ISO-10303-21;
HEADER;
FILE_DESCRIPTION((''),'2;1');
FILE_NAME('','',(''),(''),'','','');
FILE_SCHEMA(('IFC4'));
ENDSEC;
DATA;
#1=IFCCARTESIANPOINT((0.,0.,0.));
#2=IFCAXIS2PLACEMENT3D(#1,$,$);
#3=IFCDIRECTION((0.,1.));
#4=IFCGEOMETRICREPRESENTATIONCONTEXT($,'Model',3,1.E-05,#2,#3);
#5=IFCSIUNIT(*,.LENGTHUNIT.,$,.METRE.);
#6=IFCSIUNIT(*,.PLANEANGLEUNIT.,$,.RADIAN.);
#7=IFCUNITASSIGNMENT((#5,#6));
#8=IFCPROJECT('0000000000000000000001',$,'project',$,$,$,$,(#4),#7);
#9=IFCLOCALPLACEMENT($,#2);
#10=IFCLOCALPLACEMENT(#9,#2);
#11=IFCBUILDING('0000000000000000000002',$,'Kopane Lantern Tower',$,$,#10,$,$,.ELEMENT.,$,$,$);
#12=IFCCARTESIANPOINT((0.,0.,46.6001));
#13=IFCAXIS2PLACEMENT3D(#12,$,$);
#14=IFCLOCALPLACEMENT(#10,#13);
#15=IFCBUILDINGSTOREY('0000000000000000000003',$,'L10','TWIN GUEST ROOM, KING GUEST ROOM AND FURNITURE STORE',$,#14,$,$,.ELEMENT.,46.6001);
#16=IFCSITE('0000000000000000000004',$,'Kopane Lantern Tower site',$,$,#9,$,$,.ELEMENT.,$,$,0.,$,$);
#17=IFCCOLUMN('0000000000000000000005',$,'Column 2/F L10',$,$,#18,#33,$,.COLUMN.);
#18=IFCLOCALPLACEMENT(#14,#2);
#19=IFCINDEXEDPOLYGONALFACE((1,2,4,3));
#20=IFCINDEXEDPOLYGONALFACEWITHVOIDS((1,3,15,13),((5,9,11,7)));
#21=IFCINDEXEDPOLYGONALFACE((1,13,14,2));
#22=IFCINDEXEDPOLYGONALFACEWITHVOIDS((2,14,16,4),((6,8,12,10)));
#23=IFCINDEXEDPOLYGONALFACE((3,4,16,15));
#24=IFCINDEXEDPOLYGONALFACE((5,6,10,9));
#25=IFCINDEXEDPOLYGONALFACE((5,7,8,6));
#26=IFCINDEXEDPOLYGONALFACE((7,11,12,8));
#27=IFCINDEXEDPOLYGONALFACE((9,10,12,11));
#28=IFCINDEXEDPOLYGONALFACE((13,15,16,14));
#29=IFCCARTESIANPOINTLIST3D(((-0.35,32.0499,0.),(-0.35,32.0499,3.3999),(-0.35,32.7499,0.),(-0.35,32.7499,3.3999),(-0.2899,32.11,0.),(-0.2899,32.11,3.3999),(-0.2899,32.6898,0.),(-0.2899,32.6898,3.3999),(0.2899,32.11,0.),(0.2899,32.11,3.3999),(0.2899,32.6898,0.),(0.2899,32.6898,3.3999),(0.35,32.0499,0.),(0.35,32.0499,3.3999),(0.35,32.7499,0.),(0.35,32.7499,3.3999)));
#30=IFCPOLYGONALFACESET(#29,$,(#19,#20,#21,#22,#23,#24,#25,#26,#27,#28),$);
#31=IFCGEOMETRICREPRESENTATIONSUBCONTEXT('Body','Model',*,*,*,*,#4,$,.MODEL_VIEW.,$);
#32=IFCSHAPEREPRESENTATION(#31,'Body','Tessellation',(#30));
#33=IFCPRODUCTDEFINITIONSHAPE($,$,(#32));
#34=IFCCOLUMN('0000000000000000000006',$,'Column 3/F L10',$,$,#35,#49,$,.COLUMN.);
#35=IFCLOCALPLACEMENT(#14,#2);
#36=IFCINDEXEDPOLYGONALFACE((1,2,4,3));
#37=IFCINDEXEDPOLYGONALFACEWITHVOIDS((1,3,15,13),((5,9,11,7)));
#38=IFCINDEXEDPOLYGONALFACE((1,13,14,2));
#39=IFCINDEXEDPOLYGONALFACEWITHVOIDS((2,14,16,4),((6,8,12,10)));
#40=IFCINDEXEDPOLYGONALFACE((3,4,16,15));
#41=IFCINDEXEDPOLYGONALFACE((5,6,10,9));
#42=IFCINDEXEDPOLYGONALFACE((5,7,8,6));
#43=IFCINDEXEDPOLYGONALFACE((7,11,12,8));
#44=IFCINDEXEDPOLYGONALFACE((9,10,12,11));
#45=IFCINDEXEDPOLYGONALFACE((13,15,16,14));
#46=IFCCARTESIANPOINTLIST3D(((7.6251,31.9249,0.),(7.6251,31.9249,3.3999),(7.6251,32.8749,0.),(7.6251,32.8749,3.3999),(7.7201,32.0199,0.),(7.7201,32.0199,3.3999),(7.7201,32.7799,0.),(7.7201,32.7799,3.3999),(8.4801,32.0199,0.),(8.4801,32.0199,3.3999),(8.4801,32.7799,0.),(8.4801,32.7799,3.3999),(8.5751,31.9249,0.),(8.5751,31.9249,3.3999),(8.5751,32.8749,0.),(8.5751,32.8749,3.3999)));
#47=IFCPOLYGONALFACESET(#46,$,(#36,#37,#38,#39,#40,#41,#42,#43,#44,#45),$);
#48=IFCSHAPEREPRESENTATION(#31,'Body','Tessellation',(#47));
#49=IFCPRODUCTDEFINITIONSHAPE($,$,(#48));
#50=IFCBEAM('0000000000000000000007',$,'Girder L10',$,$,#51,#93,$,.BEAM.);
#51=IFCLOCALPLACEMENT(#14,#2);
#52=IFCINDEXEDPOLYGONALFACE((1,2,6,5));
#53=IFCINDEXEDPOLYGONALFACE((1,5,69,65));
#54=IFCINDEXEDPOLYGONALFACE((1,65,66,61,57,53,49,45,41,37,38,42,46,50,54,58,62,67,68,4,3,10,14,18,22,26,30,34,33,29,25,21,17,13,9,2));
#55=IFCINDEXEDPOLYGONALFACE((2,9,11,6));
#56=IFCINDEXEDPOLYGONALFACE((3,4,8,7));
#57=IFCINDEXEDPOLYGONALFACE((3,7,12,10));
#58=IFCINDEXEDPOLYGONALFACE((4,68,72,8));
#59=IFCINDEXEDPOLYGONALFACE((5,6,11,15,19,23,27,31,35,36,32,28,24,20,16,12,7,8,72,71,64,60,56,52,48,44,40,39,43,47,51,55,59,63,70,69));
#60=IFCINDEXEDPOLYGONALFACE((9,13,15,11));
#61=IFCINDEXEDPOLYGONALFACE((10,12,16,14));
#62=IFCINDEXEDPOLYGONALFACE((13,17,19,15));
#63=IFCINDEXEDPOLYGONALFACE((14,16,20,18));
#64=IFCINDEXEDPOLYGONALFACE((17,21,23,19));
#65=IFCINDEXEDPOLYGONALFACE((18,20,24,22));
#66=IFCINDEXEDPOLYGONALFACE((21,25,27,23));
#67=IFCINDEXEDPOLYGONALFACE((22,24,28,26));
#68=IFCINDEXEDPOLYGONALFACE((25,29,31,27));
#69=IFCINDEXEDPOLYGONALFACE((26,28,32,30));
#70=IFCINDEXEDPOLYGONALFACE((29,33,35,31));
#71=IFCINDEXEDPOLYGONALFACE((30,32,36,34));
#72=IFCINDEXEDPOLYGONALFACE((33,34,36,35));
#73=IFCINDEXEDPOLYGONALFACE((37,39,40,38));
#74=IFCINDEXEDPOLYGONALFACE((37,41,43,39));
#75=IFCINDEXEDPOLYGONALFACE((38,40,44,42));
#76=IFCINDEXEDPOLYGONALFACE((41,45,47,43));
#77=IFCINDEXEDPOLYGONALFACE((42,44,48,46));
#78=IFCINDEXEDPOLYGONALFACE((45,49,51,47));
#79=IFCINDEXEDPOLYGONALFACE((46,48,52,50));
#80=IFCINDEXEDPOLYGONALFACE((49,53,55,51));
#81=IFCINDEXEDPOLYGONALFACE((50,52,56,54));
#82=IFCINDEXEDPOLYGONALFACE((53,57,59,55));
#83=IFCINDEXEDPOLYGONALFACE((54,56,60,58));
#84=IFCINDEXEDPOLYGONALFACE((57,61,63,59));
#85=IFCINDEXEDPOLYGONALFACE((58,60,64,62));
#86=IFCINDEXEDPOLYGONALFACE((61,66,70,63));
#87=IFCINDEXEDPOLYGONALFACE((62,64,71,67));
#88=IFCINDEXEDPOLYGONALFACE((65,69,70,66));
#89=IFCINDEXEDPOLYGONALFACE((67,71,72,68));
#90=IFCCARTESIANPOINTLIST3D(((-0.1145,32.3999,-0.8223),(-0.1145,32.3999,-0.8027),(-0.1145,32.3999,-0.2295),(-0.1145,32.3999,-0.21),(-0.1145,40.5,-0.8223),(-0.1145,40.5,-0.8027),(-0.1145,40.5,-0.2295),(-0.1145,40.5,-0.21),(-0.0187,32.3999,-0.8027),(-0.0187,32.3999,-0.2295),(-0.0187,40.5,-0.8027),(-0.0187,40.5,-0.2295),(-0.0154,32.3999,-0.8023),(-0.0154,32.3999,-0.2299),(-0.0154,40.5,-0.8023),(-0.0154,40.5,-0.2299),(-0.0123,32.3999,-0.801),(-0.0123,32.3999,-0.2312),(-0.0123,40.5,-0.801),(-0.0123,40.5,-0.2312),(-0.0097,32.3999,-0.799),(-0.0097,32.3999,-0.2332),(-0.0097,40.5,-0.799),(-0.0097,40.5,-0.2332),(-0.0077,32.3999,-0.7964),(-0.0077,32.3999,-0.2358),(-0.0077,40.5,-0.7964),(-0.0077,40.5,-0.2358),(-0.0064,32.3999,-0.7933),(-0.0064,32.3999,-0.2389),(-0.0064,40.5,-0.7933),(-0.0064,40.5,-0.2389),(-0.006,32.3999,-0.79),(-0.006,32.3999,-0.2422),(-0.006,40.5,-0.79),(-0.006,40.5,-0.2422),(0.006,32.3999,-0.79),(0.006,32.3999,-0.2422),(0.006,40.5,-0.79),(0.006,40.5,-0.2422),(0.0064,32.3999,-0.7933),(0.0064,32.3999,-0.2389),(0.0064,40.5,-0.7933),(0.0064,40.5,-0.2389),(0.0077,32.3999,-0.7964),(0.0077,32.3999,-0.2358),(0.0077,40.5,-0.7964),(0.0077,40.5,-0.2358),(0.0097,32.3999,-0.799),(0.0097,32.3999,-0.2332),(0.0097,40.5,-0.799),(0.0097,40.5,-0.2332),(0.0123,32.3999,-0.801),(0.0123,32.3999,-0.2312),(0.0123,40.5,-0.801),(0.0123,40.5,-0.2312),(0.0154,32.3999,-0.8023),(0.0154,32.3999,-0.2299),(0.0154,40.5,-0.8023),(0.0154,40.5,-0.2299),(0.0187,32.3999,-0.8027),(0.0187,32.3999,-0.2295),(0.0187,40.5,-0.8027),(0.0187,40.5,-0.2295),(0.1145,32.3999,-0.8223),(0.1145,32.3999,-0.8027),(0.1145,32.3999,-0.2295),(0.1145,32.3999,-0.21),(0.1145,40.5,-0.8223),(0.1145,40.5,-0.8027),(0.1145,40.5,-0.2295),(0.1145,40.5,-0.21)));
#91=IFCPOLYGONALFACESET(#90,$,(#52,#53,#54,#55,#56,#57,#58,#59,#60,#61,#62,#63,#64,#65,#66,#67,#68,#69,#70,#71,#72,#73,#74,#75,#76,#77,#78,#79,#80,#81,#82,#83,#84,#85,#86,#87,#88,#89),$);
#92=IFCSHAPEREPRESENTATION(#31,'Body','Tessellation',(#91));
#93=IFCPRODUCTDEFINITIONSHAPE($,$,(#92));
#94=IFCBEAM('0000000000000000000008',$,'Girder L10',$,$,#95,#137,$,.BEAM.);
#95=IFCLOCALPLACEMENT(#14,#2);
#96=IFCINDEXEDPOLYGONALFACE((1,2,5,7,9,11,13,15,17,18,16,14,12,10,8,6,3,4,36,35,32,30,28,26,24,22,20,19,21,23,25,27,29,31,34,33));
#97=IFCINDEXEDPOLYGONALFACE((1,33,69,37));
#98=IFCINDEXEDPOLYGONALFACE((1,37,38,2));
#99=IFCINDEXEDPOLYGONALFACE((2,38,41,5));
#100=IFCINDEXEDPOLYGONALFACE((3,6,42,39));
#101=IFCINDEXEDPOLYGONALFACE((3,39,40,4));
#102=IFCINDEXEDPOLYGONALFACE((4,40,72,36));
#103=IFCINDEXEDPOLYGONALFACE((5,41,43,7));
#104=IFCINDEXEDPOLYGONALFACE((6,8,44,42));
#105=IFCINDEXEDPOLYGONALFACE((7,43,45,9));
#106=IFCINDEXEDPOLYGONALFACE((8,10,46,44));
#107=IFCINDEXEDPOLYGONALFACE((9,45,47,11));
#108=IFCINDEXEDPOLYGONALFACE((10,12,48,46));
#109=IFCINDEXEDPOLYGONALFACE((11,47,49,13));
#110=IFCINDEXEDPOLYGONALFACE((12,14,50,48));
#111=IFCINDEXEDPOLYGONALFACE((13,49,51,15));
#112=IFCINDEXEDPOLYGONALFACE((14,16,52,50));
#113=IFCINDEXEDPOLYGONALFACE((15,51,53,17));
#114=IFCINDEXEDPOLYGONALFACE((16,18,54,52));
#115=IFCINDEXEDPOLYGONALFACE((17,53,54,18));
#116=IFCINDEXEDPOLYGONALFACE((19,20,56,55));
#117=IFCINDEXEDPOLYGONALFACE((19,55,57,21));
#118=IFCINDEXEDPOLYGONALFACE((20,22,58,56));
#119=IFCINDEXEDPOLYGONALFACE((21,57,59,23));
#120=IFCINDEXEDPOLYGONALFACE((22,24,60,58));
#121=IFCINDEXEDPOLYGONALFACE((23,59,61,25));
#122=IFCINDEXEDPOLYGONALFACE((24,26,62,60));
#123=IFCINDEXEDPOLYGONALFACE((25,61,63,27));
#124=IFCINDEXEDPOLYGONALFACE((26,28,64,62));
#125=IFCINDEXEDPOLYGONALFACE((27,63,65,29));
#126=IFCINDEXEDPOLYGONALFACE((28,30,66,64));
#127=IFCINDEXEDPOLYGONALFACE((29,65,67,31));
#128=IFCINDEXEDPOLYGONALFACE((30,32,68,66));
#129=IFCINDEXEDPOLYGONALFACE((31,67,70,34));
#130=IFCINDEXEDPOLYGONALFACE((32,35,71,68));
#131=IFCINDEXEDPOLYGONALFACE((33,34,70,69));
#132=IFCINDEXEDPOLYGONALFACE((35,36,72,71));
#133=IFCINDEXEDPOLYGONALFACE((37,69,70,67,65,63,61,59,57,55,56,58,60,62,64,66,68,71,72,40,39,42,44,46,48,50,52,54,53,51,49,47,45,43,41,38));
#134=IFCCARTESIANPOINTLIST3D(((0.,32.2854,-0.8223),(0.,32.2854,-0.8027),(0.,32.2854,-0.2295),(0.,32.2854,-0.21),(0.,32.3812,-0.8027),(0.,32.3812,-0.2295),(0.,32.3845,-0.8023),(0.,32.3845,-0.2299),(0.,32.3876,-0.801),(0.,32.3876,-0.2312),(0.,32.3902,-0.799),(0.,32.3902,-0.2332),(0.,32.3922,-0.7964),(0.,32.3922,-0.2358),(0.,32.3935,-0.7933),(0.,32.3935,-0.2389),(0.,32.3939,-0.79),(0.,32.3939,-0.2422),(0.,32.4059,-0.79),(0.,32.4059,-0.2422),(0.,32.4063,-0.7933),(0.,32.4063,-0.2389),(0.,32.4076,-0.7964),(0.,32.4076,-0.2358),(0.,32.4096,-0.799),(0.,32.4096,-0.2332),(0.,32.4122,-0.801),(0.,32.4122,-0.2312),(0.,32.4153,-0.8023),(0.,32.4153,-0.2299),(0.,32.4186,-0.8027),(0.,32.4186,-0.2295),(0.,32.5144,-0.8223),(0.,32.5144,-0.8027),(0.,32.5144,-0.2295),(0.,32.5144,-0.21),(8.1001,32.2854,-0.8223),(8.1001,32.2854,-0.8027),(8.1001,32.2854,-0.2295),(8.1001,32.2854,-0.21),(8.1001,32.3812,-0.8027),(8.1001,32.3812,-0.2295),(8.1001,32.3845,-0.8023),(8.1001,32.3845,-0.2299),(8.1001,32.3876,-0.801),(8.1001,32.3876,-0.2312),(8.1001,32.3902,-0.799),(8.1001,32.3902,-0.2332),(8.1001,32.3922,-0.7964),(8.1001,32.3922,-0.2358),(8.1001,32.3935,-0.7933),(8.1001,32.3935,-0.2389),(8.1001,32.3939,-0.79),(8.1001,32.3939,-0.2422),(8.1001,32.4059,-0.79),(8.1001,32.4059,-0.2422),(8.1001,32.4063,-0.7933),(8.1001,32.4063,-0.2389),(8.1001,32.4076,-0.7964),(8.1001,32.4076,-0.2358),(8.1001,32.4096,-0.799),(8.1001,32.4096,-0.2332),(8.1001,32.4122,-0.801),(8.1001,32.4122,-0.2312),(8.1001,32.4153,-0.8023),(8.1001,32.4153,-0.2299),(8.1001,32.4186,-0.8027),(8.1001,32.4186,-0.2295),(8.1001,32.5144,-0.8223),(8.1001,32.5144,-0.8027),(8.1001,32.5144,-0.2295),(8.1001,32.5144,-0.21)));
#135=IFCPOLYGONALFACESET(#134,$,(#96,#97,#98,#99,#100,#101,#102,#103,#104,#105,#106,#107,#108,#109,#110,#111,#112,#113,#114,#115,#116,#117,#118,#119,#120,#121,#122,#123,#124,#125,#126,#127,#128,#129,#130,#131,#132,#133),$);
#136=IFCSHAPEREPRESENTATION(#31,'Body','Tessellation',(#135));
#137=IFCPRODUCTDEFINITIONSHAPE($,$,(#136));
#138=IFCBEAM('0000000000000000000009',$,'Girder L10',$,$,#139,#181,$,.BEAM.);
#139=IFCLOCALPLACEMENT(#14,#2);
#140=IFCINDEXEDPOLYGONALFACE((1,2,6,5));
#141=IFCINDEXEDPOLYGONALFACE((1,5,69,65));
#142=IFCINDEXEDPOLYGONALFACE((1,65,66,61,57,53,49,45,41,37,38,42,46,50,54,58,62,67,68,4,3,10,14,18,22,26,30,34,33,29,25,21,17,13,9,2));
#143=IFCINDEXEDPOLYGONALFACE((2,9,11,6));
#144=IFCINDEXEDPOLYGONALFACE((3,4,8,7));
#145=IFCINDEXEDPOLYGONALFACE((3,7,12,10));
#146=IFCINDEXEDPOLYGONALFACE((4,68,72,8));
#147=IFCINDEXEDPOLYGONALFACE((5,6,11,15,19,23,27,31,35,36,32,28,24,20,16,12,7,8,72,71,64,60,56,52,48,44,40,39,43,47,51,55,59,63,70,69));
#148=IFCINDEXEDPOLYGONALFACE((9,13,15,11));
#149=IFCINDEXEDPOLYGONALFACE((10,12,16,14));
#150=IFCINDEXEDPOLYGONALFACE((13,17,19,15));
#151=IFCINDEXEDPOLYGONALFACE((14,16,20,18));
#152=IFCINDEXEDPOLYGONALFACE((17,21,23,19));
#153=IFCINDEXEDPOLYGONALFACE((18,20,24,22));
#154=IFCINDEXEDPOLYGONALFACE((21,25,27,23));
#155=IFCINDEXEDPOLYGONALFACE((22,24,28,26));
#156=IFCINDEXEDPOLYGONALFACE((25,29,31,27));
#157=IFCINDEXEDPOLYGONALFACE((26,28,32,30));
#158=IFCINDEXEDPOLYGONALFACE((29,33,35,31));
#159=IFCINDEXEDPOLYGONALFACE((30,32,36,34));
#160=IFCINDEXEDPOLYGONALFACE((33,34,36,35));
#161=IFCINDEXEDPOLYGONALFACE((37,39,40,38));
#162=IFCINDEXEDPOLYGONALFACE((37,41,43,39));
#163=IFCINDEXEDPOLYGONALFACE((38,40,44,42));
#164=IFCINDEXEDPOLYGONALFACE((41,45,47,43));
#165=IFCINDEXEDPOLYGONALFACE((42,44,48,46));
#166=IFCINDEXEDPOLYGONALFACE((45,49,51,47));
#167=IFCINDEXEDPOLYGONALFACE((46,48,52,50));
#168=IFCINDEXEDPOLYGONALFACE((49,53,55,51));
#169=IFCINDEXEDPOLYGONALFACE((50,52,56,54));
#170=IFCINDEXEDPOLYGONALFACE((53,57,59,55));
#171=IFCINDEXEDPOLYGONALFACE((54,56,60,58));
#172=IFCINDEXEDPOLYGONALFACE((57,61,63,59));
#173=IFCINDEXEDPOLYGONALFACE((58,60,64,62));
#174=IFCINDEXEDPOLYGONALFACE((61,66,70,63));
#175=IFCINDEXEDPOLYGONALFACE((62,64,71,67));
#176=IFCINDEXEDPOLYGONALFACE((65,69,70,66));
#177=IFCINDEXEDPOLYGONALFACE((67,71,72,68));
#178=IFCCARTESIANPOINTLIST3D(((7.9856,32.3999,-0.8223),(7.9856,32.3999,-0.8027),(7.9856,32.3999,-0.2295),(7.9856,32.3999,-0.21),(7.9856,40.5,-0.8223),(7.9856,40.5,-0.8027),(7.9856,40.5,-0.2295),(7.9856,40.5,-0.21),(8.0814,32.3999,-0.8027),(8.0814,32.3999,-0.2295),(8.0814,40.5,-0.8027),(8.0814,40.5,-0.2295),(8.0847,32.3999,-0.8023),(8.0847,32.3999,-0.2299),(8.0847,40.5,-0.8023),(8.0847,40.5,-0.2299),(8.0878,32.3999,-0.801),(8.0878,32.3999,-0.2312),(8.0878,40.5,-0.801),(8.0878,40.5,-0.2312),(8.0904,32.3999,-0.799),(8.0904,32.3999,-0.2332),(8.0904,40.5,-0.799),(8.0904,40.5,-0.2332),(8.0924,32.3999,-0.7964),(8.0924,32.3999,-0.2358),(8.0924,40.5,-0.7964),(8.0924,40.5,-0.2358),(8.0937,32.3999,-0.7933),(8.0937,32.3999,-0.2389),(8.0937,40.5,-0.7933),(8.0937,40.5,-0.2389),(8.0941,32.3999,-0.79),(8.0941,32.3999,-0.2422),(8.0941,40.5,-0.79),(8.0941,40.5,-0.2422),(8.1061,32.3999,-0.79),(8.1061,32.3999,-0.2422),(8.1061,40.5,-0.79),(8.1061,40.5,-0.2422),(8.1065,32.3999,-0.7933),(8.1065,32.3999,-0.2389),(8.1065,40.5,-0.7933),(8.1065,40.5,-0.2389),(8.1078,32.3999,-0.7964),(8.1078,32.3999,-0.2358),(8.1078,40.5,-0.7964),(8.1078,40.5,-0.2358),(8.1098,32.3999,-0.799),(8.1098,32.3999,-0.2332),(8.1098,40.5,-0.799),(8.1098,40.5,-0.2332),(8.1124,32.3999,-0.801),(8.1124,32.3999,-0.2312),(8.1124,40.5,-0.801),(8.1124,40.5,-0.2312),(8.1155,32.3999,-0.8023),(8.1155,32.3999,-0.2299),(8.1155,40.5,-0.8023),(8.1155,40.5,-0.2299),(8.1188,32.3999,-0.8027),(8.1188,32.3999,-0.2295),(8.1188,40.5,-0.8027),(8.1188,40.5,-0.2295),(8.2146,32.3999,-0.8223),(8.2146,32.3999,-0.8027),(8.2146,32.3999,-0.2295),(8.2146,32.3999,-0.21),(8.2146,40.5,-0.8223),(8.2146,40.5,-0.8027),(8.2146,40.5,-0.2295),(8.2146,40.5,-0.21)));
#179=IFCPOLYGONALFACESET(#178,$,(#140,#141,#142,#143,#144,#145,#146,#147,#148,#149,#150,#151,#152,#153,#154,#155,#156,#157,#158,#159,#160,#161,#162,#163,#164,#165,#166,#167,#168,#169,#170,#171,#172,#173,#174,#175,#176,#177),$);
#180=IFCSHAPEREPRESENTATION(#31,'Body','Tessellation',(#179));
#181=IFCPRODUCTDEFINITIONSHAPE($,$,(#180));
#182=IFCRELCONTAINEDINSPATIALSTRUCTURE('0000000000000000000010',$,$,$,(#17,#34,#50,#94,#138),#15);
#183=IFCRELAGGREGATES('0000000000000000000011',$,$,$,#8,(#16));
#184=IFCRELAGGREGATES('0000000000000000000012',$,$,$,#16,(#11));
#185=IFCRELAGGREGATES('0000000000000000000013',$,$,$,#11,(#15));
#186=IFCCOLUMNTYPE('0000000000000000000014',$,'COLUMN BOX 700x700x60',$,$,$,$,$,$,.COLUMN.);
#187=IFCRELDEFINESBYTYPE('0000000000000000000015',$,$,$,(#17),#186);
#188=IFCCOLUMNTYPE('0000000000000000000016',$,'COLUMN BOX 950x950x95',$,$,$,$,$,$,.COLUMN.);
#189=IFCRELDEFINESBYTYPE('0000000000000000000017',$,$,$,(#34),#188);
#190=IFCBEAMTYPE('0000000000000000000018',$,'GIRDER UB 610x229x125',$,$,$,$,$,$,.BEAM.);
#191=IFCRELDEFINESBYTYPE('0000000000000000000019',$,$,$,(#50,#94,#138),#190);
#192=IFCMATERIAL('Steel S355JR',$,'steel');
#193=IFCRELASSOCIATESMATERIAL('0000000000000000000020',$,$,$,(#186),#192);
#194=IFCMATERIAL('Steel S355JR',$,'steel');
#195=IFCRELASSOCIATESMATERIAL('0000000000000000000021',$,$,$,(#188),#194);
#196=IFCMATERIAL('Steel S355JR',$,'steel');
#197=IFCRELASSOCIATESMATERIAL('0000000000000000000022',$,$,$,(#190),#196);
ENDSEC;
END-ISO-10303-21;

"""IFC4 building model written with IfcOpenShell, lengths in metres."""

from ifc_helpers import new_model, si_unit, direction, frame, origin, origin_2d, place, context, subcontext, project, spatial, hollow_rectangle, i_section, extrude, material, material_profile, profile_set, type_object, element, save


model = new_model("IFC4")

# Units and contexts
model_context = context("Model", 3, precision=1e-05, world=origin(), true_north=direction((0.0, 1.0)))
body_context = subcontext(model_context, "Body", "Model", "MODEL_VIEW")
ifc_project = project(units=[si_unit("LENGTHUNIT", "METRE"), si_unit("PLANEANGLEUNIT", "RADIAN")], contexts=[model_context])

# Site, building, storey
site_placement = place(None, origin())
site = spatial("IfcSite", under=ifc_project, at=site_placement, Name="Kopane Lantern Tower site", CompositionType="ELEMENT", RefElevation=0.0)
building_placement = place(site_placement, origin())
building = spatial("IfcBuilding", under=site, at=building_placement, Name="Kopane Lantern Tower", CompositionType="ELEMENT")
storey_placement = place(building_placement, frame((0.0, 0.0, 46.6001)))
storey = spatial("IfcBuildingStorey", under=building, at=storey_placement, Name="L10", Description="TWIN GUEST ROOM, KING GUEST ROOM AND FURNITURE STORE", CompositionType="ELEMENT", Elevation=46.6001)

# Columns
ifc_material_1 = material(Name="Steel S355JR", Category="steel")
ifc_material_profile_1 = material_profile(ifc_material_1, hollow_rectangle(XDim=0.7, YDim=0.7, WallThickness=0.0601, at=origin_2d()), Name="BOX 700x700x60")
ifc_profile_set_1 = profile_set([ifc_material_profile_1], Name="Steel S355JR")
column_type_1 = type_object("IfcColumnType", Name="COLUMN BOX 700x700x60", PredefinedType="COLUMN", material=ifc_profile_set_1)
column_1_placement = place(storey_placement, frame((0.0, 32.3999, 0.0), z_axis=(0.0, 0.0, 1.0), x_axis=(1.0, 0.0, 0.0)))
element("IfcColumn", 1, at=column_1_placement, inside=storey, type_object=column_type_1, Name="Column 2/F L10", PredefinedType="COLUMN", context=body_context, shape_type="SweptSolid", body=[
    extrude(hollow_rectangle(XDim=0.7, YDim=0.7, WallThickness=0.0601, at=origin_2d()), origin(), (0.0, 0.0, 1.0), 3.3999),
])
ifc_material_2 = material(Name="Steel S355JR", Category="steel")
ifc_material_profile_2 = material_profile(ifc_material_2, hollow_rectangle(XDim=0.95, YDim=0.95, WallThickness=0.095, at=origin_2d()), Name="BOX 950x950x95")
ifc_profile_set_2 = profile_set([ifc_material_profile_2], Name="Steel S355JR")
column_type_2 = type_object("IfcColumnType", Name="COLUMN BOX 950x950x95", PredefinedType="COLUMN", material=ifc_profile_set_2)
column_2_placement = place(storey_placement, frame((8.1001, 32.3999, 0.0), z_axis=(0.0, 0.0, 1.0), x_axis=(1.0, 0.0, 0.0)))
element("IfcColumn", 2, at=column_2_placement, inside=storey, type_object=column_type_2, Name="Column 3/F L10", PredefinedType="COLUMN", context=body_context, shape_type="SweptSolid", body=[
    extrude(hollow_rectangle(XDim=0.95, YDim=0.95, WallThickness=0.095, at=origin_2d()), origin(), (0.0, 0.0, 1.0), 3.3999),
])

# Beams
ifc_material_3 = material(Name="Steel S355JR", Category="steel")
ifc_material_profile_3 = material_profile(ifc_material_3, i_section(OverallWidth=0.229, OverallDepth=0.6123, WebThickness=0.012, FlangeThickness=0.0195, FilletRadius=0.0127, at=origin_2d()), Name="UB 610x229x125")
ifc_profile_set_3 = profile_set([ifc_material_profile_3], Name="Steel S355JR")
beam_type = type_object("IfcBeamType", Name="GIRDER UB 610x229x125", PredefinedType="BEAM", material=ifc_profile_set_3)
for number, where, z_axis, x_axis, name in (
    (3, (0.0, 32.3999, -0.5161), (0.0, 1.0, 0.0), (-1.0, 0.0, 0.0), "Girder L10"),
    (4, (0.0, 32.3999, -0.5161), (1.0, 0.0, 0.0), (0.0, 1.0, 0.0), "Girder L10"),
    (5, (8.1001, 32.3999, -0.5161), (0.0, 1.0, 0.0), (-1.0, 0.0, 0.0), "Girder L10"),
):
    element("IfcBeam", number, at=place(storey_placement, frame(where, z_axis=z_axis, x_axis=x_axis)), inside=storey, type_object=beam_type, Name=name, PredefinedType="BEAM", context=body_context, shape_type="SweptSolid", body=[
        extrude(i_section(OverallWidth=0.229, OverallDepth=0.6123, WebThickness=0.012, FlangeThickness=0.0195, FilletRadius=0.0127, at=origin_2d()), origin(), (0.0, 0.0, 1.0), 8.1001),
    ])

save(model, "model.ifc")
